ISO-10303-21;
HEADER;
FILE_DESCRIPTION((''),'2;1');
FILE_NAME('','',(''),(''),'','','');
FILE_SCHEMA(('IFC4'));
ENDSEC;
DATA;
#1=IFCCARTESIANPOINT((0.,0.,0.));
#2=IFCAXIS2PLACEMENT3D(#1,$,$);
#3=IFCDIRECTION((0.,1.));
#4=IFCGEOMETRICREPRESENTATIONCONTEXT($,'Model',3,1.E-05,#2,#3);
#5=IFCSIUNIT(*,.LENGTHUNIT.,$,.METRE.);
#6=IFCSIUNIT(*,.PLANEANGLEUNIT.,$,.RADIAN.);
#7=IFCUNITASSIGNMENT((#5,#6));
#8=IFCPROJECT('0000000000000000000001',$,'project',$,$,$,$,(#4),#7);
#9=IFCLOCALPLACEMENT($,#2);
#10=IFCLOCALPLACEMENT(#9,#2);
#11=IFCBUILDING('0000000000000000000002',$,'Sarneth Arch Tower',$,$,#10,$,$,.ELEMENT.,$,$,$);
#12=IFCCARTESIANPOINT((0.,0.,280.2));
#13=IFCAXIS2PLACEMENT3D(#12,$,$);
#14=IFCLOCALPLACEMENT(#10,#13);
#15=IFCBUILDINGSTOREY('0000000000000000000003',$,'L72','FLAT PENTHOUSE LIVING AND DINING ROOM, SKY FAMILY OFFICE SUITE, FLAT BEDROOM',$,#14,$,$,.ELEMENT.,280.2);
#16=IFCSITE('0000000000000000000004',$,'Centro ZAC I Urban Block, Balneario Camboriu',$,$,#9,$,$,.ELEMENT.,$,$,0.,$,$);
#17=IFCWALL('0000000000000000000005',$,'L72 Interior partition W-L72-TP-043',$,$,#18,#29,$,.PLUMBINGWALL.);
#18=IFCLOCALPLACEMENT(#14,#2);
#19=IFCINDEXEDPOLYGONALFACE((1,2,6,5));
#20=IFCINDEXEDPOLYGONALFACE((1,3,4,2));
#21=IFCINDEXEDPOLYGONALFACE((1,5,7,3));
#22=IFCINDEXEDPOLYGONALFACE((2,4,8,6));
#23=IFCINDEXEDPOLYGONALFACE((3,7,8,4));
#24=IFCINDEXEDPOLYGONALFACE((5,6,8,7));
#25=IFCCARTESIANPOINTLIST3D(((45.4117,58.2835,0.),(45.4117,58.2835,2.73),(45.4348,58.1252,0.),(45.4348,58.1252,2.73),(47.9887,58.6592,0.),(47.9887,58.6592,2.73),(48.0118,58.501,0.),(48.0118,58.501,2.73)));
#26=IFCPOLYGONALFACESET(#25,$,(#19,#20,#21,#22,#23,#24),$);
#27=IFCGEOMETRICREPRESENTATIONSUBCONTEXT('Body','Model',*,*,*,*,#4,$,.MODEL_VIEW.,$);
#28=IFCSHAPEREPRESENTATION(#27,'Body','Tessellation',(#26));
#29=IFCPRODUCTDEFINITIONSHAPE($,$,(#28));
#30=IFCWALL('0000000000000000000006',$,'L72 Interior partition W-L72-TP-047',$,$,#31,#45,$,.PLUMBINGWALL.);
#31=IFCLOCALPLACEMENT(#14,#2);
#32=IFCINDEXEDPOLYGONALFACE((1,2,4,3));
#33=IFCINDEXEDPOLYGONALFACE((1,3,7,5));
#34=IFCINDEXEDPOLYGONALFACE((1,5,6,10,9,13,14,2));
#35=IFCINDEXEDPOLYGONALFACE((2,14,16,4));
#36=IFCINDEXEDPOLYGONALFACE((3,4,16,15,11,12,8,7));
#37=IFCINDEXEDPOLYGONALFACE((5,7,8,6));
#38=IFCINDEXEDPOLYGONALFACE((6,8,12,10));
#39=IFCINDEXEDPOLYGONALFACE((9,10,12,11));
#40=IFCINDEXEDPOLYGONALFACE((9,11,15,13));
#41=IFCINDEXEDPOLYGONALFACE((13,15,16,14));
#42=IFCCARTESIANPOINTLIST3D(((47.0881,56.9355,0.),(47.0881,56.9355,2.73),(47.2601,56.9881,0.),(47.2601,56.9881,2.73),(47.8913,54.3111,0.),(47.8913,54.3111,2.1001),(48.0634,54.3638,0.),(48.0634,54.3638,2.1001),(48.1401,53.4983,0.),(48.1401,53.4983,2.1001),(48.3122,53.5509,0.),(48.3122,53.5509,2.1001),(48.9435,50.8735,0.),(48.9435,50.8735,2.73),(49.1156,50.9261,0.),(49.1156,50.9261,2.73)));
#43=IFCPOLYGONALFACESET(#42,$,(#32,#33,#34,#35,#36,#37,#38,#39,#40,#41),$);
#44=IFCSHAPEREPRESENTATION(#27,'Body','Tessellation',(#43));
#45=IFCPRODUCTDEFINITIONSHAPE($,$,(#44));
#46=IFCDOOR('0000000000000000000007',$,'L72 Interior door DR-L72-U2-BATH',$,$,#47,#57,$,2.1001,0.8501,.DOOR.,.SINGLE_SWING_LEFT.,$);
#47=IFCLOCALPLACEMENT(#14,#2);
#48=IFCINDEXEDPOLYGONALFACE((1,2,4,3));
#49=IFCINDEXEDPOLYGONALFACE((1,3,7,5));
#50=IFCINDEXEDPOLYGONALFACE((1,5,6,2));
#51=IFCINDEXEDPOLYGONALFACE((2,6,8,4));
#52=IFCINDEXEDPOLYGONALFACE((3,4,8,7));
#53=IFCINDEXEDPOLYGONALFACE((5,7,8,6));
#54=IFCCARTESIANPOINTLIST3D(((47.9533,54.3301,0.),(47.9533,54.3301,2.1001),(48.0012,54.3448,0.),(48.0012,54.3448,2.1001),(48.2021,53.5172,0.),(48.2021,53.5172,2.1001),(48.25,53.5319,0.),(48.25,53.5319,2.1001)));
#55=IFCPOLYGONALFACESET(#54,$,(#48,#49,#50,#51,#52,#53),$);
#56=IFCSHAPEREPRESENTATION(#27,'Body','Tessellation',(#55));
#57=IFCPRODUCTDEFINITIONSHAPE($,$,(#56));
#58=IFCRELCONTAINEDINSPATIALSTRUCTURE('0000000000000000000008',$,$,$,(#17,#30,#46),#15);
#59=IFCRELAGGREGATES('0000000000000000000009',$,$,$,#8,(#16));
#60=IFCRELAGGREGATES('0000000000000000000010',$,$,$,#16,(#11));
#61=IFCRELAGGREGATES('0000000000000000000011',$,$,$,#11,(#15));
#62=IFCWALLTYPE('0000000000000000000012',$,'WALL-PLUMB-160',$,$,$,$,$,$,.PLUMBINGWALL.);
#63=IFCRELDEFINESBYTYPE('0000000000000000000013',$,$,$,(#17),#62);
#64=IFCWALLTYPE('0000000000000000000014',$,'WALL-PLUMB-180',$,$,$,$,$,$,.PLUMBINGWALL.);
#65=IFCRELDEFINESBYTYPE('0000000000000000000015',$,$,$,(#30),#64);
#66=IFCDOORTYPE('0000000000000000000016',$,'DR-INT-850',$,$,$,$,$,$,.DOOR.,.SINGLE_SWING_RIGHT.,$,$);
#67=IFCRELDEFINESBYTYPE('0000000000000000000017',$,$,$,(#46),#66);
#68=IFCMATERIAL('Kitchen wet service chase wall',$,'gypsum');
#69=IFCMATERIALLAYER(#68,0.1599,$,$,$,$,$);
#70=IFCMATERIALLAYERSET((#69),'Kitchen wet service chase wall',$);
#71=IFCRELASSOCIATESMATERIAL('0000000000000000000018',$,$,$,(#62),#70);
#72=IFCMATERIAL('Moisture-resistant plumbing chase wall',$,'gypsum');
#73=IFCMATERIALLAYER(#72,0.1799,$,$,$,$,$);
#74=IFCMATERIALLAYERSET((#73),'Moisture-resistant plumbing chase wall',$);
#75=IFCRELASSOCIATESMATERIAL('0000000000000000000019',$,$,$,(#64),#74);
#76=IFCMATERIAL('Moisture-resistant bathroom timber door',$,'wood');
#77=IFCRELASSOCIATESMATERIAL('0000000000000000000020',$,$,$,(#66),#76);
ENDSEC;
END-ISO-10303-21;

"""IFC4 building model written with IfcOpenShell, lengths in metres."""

from ifc_helpers import new_model, si_unit, direction, frame, frame_2d, origin, place, context, subcontext, project, spatial, rectangle, extrude, material, layer, layer_set, type_object, element, fill, save


model = new_model("IFC4")

# Units and contexts
model_context = context("Model", 3, precision=1e-05, world=origin(), true_north=direction((0.0, 1.0)))
body_context = subcontext(model_context, "Body", "Model", "MODEL_VIEW")
ifc_project = project(units=[si_unit("LENGTHUNIT", "METRE"), si_unit("PLANEANGLEUNIT", "RADIAN")], contexts=[model_context])

# Site, building, storey
site_placement = place(None, origin())
site = spatial("IfcSite", under=ifc_project, at=site_placement, Name="Centro ZAC I Urban Block, Balneario Camboriu", CompositionType="ELEMENT", RefElevation=0.0)
building_placement = place(site_placement, origin())
building = spatial("IfcBuilding", under=site, at=building_placement, Name="Sarneth Arch Tower", CompositionType="ELEMENT")
storey_placement = place(building_placement, frame((0.0, 0.0, 280.2)))
storey = spatial("IfcBuildingStorey", under=building, at=storey_placement, Name="L72", Description="FLAT PENTHOUSE LIVING AND DINING ROOM, SKY FAMILY OFFICE SUITE, FLAT BEDROOM", CompositionType="ELEMENT", Elevation=280.2)

# Wall
ifc_material_1 = material(Name="Kitchen wet service chase wall", Category="gypsum")
ifc_layer_1 = layer(ifc_material_1, 0.1599)
ifc_layer_set_1 = layer_set([ifc_layer_1], Name="Kitchen wet service chase wall")
wall_type_1 = type_object("IfcWallType", Name="WALL-PLUMB-160", PredefinedType="PLUMBINGWALL", material=ifc_layer_set_1)
wall_1_placement = place(storey_placement, frame((45.4231, 58.2043, 0.0), z_axis=(0.0, 0.0, 1.0), x_axis=(0.989537, 0.144282, 0.0)))
element("IfcWall", 1, at=wall_1_placement, inside=storey, type_object=wall_type_1, Name="L72 Interior partition W-L72-TP-043", PredefinedType="PLUMBINGWALL", context=body_context, shape_type="SweptSolid", body=[
    extrude(rectangle(XDim=2.6042, YDim=0.1599, at=frame_2d((1.3022, 0.0))), origin(), (0.0, 0.0, 1.0), 2.73),
])

# Wall, opening, door
ifc_material_2 = material(Name="Moisture-resistant plumbing chase wall", Category="gypsum")
ifc_layer_2 = layer(ifc_material_2, 0.1799)
ifc_layer_set_2 = layer_set([ifc_layer_2], Name="Moisture-resistant plumbing chase wall")
wall_type_2 = type_object("IfcWallType", Name="WALL-PLUMB-180", PredefinedType="PLUMBINGWALL", material=ifc_layer_set_2)
wall_2_placement = place(storey_placement, frame((47.1741, 56.9619, 0.0), z_axis=(0.0, 0.0, 1.0), x_axis=(0.292678, -0.956211, 0.0)))
wall_2 = element("IfcWall", 2, at=wall_2_placement, inside=storey, type_object=wall_type_2, Name="L72 Interior partition W-L72-TP-047", PredefinedType="PLUMBINGWALL", context=body_context, shape_type="SweptSolid", body=[
    extrude(rectangle(XDim=6.3396, YDim=0.1799, at=frame_2d((3.1699, 0.0))), origin(), (0.0, 0.0, 1.0), 2.73),
])
opening_1_placement = place(wall_2_placement, frame((2.7446, 0.0, 0.0)))
opening_1 = element("IfcOpeningElement", 3, at=opening_1_placement, cuts=wall_2, PredefinedType="OPENING", context=body_context, shape_type="SweptSolid", body=[
    extrude(rectangle(XDim=0.8501, YDim=2.1001, at=frame_2d((0.425, 1.05))), frame((0.0, 0.0999, 0.0), z_axis=(0.0, -1.0, 0.0), x_axis=(1.0, 0.0, 0.0)), (0.0, 0.0, 1.0), 0.2),
])
ifc_material_3 = material(Name="Moisture-resistant bathroom timber door", Category="wood")
door_type_1 = type_object("IfcDoorType", Name="DR-INT-850", OperationType="SINGLE_SWING_RIGHT", PredefinedType="DOOR", material=ifc_material_3)
door_1_placement = place(opening_1_placement, origin())
door_1 = element("IfcDoor", 4, at=door_1_placement, inside=storey, type_object=door_type_1, Name="L72 Interior door DR-L72-U2-BATH", OperationType="SINGLE_SWING_LEFT", OverallHeight=2.1001, OverallWidth=0.8501, PredefinedType="DOOR", context=body_context, shape_type="SweptSolid", body=[
    extrude(rectangle(XDim=0.8501, YDim=2.1001, at=frame_2d((0.425, 1.05))), frame((0.0, 0.0249, 0.0), z_axis=(0.0, -1.0, 0.0), x_axis=(1.0, 0.0, 0.0)), (0.0, 0.0, 1.0), 0.05),
])
fill(opening_1, door_1)

save(model, "model.ifc")
